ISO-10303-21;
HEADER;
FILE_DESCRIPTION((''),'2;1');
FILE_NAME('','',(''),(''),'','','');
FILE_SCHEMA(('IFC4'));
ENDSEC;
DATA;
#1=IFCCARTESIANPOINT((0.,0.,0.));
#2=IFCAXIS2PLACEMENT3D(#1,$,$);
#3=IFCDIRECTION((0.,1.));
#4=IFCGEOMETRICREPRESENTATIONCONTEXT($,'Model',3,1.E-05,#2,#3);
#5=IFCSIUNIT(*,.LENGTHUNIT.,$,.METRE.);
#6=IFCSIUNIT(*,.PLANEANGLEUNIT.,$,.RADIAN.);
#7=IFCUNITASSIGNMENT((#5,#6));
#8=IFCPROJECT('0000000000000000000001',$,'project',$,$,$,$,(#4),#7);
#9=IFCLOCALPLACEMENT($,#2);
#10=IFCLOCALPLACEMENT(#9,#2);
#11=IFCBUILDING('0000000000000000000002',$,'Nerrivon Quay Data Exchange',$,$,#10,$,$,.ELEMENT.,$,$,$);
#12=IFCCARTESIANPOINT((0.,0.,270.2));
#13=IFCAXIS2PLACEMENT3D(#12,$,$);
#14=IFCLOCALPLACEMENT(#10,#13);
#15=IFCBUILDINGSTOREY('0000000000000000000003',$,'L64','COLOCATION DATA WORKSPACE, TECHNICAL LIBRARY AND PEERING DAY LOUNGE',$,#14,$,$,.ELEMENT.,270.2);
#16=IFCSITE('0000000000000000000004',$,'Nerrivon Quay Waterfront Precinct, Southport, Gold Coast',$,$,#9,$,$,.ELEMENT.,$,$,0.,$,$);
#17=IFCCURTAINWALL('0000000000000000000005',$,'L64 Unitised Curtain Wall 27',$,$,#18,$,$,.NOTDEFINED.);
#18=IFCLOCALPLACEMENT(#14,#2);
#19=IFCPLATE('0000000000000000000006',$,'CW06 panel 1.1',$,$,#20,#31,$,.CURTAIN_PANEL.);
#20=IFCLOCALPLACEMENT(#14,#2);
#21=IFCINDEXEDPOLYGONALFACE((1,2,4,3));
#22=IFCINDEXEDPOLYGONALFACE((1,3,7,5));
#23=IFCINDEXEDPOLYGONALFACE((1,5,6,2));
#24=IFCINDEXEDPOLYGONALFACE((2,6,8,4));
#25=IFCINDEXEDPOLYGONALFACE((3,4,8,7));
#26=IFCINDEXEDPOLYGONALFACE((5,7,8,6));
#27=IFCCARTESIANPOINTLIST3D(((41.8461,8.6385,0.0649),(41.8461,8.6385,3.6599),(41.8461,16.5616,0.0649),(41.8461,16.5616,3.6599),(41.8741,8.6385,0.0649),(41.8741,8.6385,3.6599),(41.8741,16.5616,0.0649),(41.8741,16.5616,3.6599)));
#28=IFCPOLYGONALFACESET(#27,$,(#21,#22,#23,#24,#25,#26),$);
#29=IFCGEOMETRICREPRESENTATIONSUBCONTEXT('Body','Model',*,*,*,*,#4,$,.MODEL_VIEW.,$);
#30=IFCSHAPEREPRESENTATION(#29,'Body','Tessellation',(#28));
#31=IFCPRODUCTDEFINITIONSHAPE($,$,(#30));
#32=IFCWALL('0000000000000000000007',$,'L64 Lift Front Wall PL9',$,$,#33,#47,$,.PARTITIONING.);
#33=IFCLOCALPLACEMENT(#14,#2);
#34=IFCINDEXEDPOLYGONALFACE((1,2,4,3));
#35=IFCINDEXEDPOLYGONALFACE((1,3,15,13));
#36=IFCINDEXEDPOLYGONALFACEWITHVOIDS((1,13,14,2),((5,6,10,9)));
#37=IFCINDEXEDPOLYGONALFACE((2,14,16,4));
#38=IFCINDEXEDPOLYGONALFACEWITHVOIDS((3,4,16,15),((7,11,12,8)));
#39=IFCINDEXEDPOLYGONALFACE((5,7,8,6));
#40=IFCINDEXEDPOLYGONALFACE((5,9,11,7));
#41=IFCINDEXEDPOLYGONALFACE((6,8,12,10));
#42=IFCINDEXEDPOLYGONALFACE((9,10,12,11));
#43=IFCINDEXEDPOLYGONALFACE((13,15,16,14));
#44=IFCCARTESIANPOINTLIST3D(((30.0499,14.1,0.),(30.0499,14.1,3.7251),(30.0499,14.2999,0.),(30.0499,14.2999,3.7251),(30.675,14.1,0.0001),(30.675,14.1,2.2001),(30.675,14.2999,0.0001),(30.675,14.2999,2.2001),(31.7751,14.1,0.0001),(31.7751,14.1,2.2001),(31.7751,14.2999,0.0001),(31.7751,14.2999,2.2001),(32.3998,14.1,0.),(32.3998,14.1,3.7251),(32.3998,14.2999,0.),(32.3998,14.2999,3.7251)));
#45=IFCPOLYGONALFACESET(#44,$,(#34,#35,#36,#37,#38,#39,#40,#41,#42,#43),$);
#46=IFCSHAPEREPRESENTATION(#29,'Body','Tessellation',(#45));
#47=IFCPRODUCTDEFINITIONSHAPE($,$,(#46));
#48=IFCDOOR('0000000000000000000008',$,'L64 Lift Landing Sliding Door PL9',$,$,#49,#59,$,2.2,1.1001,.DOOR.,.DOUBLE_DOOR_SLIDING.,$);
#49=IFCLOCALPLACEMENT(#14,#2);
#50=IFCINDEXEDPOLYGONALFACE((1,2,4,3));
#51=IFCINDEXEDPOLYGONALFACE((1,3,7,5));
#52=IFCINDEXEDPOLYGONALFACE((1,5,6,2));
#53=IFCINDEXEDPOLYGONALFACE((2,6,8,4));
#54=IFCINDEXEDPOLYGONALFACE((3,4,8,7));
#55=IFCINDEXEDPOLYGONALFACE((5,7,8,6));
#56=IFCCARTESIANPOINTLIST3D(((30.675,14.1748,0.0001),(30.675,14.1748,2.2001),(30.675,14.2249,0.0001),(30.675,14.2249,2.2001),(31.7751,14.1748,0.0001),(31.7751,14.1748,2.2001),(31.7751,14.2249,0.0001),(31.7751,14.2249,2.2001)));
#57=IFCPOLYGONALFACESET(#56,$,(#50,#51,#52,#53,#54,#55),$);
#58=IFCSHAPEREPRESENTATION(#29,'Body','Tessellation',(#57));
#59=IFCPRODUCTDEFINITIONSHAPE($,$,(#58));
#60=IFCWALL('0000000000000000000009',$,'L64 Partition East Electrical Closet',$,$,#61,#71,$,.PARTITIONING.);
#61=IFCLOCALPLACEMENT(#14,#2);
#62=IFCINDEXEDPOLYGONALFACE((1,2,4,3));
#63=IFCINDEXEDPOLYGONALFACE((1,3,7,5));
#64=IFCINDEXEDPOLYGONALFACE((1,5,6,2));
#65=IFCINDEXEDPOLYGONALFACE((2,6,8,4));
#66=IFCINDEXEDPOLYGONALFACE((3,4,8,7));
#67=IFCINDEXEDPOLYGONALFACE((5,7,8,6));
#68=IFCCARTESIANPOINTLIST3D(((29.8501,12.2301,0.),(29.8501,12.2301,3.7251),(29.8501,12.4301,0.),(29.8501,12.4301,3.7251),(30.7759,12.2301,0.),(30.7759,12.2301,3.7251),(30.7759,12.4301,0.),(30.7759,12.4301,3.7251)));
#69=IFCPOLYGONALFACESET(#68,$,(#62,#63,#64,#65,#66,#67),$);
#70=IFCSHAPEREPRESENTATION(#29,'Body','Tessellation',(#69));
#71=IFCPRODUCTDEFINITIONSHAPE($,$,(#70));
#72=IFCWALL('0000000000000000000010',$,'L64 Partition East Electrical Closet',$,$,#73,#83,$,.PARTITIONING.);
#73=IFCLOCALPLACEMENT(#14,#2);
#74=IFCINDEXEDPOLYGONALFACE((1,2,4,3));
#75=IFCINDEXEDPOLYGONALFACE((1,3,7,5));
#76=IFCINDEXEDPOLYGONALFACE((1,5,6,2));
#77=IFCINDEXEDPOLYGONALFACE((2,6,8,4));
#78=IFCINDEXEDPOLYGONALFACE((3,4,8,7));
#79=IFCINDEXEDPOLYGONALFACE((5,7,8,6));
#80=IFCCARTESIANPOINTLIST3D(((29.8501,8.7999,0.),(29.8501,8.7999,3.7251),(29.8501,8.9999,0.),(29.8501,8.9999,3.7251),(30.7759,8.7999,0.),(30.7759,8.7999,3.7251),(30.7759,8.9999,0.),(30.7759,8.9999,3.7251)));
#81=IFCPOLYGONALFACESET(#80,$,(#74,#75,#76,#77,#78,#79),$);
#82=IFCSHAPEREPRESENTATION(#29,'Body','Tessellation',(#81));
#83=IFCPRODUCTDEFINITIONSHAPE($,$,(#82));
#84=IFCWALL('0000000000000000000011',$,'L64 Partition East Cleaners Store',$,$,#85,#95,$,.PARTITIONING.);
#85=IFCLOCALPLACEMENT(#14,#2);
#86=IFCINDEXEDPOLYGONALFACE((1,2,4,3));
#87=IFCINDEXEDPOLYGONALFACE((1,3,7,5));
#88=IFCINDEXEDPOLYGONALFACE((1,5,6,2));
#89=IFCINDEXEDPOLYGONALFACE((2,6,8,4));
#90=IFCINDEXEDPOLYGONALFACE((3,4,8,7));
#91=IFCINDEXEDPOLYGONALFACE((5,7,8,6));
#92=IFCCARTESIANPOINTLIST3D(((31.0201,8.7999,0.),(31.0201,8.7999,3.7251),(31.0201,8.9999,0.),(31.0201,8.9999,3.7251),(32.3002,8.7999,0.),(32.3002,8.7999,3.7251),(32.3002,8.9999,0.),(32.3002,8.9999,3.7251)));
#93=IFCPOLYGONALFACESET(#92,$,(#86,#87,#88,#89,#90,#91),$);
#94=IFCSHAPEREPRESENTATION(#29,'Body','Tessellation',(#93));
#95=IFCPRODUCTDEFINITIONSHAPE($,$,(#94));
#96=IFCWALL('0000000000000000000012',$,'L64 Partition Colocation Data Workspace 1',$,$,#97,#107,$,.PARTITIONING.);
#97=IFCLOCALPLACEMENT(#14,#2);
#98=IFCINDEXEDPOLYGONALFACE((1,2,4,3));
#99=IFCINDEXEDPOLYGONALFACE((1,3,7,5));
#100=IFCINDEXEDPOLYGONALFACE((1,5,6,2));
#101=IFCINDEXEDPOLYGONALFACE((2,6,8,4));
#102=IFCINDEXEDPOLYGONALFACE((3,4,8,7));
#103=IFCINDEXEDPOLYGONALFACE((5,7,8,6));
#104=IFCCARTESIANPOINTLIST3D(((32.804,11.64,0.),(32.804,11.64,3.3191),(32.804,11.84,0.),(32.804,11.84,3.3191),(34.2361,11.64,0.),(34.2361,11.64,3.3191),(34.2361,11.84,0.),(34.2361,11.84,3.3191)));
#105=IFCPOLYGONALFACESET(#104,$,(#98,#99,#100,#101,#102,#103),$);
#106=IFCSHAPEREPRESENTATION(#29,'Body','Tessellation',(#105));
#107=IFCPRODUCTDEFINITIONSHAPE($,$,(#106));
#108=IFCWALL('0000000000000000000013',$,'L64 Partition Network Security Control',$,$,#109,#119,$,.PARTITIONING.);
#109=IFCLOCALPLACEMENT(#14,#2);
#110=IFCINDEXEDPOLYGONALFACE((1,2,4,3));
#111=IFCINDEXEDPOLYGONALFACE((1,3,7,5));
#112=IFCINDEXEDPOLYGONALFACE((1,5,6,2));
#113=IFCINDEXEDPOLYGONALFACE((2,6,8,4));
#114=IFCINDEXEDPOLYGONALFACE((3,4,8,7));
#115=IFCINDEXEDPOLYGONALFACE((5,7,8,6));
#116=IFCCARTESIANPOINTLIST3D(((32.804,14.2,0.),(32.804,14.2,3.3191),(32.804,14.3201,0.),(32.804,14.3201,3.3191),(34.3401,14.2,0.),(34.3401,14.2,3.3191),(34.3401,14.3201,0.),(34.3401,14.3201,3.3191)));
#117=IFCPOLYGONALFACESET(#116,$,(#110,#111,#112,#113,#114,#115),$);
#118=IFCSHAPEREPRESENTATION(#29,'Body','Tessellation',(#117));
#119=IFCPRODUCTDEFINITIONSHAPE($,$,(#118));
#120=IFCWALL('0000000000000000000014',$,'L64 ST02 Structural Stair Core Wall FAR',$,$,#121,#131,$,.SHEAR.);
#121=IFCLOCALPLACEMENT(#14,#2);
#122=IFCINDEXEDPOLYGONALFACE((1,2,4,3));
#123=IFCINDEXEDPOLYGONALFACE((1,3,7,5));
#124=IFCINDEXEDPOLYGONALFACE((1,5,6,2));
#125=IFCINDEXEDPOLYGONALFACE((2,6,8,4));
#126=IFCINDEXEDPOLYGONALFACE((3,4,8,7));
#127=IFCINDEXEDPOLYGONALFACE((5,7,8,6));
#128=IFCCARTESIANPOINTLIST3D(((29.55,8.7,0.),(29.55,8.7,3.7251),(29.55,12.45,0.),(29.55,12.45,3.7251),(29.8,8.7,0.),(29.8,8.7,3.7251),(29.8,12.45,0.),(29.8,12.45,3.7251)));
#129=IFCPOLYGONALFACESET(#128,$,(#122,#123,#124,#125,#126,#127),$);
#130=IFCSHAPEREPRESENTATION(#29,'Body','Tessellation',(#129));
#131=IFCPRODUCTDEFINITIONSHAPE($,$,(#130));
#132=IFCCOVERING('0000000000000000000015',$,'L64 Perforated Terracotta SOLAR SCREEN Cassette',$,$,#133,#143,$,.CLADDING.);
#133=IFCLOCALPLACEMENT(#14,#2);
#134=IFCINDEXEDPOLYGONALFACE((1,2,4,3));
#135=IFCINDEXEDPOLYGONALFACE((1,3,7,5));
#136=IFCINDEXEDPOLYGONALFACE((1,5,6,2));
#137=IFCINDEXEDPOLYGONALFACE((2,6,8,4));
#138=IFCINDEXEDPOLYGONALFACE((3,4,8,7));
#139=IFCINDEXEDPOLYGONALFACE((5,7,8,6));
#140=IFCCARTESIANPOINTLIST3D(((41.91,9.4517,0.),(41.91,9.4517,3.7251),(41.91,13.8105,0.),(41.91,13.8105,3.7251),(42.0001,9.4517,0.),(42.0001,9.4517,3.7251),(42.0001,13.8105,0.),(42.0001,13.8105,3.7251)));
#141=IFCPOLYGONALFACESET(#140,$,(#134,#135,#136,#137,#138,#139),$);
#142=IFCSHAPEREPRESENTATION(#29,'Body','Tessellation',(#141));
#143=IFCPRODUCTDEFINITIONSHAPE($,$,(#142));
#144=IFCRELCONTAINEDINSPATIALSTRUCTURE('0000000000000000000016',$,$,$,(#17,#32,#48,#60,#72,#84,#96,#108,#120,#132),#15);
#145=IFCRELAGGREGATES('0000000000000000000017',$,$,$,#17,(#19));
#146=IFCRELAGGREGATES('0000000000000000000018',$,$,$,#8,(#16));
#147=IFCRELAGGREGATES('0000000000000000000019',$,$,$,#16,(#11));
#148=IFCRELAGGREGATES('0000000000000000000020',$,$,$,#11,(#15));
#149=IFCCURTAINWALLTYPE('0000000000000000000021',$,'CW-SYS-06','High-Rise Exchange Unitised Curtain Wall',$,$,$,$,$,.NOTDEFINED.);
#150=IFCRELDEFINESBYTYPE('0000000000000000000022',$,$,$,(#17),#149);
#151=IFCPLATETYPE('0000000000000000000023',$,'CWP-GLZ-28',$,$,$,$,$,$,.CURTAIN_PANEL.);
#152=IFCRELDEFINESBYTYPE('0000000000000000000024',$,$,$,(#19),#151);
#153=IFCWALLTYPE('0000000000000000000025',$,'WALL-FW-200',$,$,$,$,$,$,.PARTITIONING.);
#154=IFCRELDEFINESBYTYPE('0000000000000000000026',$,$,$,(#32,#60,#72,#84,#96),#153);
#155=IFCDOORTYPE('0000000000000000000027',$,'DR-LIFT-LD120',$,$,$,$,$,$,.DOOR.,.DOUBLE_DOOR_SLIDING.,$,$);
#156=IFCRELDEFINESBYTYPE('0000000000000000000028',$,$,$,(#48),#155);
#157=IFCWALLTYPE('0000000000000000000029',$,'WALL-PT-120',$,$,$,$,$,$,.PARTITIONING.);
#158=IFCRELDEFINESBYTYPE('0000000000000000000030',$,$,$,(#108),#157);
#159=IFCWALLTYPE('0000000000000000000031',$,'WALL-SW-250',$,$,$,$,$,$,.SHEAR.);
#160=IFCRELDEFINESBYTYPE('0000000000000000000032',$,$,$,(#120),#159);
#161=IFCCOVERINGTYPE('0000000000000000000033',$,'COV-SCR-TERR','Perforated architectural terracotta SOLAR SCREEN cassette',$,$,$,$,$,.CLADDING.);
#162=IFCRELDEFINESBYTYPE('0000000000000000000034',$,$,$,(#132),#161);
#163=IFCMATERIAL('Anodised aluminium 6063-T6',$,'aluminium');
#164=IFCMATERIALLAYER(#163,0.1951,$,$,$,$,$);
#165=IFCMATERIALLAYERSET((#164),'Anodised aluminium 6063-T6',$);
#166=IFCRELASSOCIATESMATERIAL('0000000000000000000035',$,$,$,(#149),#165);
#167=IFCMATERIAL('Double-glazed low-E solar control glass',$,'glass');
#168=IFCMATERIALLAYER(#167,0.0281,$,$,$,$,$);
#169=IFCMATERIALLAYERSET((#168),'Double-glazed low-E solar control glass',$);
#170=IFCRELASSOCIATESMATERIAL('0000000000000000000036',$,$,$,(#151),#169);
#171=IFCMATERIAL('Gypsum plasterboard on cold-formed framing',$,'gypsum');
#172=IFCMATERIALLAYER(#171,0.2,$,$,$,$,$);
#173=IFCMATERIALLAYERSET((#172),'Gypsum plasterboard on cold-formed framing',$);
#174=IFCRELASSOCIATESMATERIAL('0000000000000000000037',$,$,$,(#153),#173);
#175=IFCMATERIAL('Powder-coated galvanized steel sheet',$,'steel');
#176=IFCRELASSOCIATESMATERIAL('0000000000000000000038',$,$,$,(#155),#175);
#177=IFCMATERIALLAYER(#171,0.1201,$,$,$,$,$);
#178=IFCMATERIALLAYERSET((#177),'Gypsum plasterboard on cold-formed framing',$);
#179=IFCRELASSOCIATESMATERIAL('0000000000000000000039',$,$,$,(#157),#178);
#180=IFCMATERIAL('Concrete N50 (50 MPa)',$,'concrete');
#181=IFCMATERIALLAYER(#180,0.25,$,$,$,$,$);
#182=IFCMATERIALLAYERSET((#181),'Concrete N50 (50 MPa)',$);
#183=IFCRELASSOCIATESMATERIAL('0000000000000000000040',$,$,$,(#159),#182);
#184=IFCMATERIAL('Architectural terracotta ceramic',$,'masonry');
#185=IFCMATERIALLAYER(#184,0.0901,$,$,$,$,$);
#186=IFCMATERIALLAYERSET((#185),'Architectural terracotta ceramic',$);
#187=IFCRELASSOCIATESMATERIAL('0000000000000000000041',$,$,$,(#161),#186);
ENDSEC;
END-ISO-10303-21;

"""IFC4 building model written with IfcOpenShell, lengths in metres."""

from ifc_helpers import new_model, si_unit, direction, frame, frame_2d, origin, origin_2d, place, context, subcontext, project, spatial, rectangle, extrude, material, layer, layer_set, type_object, element, fill, aggregate, save


model = new_model("IFC4")

# Units and contexts
model_context = context("Model", 3, precision=1e-05, world=origin(), true_north=direction((0.0, 1.0)))
body_context = subcontext(model_context, "Body", "Model", "MODEL_VIEW")
ifc_project = project(units=[si_unit("LENGTHUNIT", "METRE"), si_unit("PLANEANGLEUNIT", "RADIAN")], contexts=[model_context])

# Site, building, storey
site_placement = place(None, origin())
site = spatial("IfcSite", under=ifc_project, at=site_placement, Name="Nerrivon Quay Waterfront Precinct, Southport, Gold Coast", CompositionType="ELEMENT", RefElevation=0.0)
building_placement = place(site_placement, origin())
building = spatial("IfcBuilding", under=site, at=building_placement, Name="Nerrivon Quay Data Exchange", CompositionType="ELEMENT")
storey_placement = place(building_placement, frame((0.0, 0.0, 270.2)))
storey = spatial("IfcBuildingStorey", under=building, at=storey_placement, Name="L64", Description="COLOCATION DATA WORKSPACE, TECHNICAL LIBRARY AND PEERING DAY LOUNGE", CompositionType="ELEMENT", Elevation=270.2)

# Shared definitions
ifc_material_1 = material(Name="Concrete N50 (50 MPa)", Category="concrete")

# Curtain wall
ifc_material_2 = material(Name="Anodised aluminium 6063-T6", Category="aluminium")
ifc_layer_1 = layer(ifc_material_2, 0.1951)
ifc_layer_set_1 = layer_set([ifc_layer_1], Name="Anodised aluminium 6063-T6")
curtain_wall_type = type_object("IfcCurtainWallType", Name="CW-SYS-06", Description="High-Rise Exchange Unitised Curtain Wall", PredefinedType="NOTDEFINED", material=ifc_layer_set_1)
curtain_wall_1_placement = place(storey_placement, origin())
curtain_wall_1 = element("IfcCurtainWall", 1, at=curtain_wall_1_placement, inside=storey, type_object=curtain_wall_type, Name="L64 Unitised Curtain Wall 27", PredefinedType="NOTDEFINED")

# Plate
ifc_material_3 = material(Name="Double-glazed low-E solar control glass", Category="glass")
ifc_layer_2 = layer(ifc_material_3, 0.0281)
ifc_layer_set_2 = layer_set([ifc_layer_2], Name="Double-glazed low-E solar control glass")
plate_type = type_object("IfcPlateType", Name="CWP-GLZ-28", PredefinedType="CURTAIN_PANEL", material=ifc_layer_set_2)
plate_placement = place(storey_placement, frame((41.8601, 12.6001, 0.0649), z_axis=(0.0, 0.0, 1.0), x_axis=(0.0, -1.0, 0.0)))
plate = element("IfcPlate", 2, at=plate_placement, type_object=plate_type, Name="CW06 panel 1.1", PredefinedType="CURTAIN_PANEL", context=body_context, shape_type="SweptSolid", body=[
    extrude(rectangle(XDim=7.9231, YDim=0.0281, at=origin_2d()), origin(), (0.0, 0.0, 1.0), 3.595),
])
aggregate(curtain_wall_1, [plate])

# Wall, opening, door
ifc_material_4 = material(Name="Powder-coated galvanized steel sheet", Category="steel")
ifc_material_5 = material(Name="Gypsum plasterboard on cold-formed framing", Category="gypsum")
ifc_layer_3 = layer(ifc_material_5, 0.2)
ifc_layer_set_3 = layer_set([ifc_layer_3], Name="Gypsum plasterboard on cold-formed framing")
wall_type_1 = type_object("IfcWallType", Name="WALL-FW-200", PredefinedType="PARTITIONING", material=ifc_layer_set_3)
wall_1_placement = place(storey_placement, frame((30.05, 14.2, 0.0), z_axis=(0.0, 0.0, 1.0), x_axis=(1.0, 0.0, 0.0)))
wall_1 = element("IfcWall", 3, at=wall_1_placement, inside=storey, type_object=wall_type_1, Name="L64 Lift Front Wall PL9", PredefinedType="PARTITIONING", context=body_context, shape_type="SweptSolid", body=[
    extrude(rectangle(XDim=2.3499, YDim=0.2, at=frame_2d((1.1748, 0.0))), origin(), (0.0, 0.0, 1.0), 3.7251),
])
opening_1_placement = place(wall_1_placement, frame((0.625, 0.0, 0.0)))
opening_1 = element("IfcOpeningElement", 4, at=opening_1_placement, cuts=wall_1, PredefinedType="OPENING", context=body_context, shape_type="SweptSolid", body=[
    extrude(rectangle(XDim=1.1001, YDim=2.2, at=frame_2d((0.55, 1.1001))), frame((0.0, 0.1099, 0.0), z_axis=(0.0, -1.0, 0.0), x_axis=(1.0, 0.0, 0.0)), (0.0, 0.0, 1.0), 0.22),
])
door_type_1 = type_object("IfcDoorType", Name="DR-LIFT-LD120", OperationType="DOUBLE_DOOR_SLIDING", PredefinedType="DOOR", material=ifc_material_4)
door_1_placement = place(opening_1_placement, origin())
door_1 = element("IfcDoor", 5, at=door_1_placement, inside=storey, type_object=door_type_1, Name="L64 Lift Landing Sliding Door PL9", OperationType="DOUBLE_DOOR_SLIDING", OverallHeight=2.2, OverallWidth=1.1001, PredefinedType="DOOR", context=body_context, shape_type="SweptSolid", body=[
    extrude(rectangle(XDim=1.1001, YDim=2.2, at=frame_2d((0.55, 1.1001))), frame((0.0, 0.0249, 0.0), z_axis=(0.0, -1.0, 0.0), x_axis=(1.0, 0.0, 0.0)), (0.0, 0.0, 1.0), 0.05),
])
fill(opening_1, door_1)

# Walls
for number, where, z_axis, x_axis, name in (
    (6, (30.7759, 12.3301, 0.0), (0.0, 0.0, 1.0), (-1.0, 0.0, 0.0), "L64 Partition East Electrical Closet"),
    (7, (29.8501, 8.8999, 0.0), (0.0, 0.0, 1.0), (1.0, 0.0, 0.0), "L64 Partition East Electrical Closet"),
):
    element("IfcWall", number, at=place(storey_placement, frame(where, z_axis=z_axis, x_axis=x_axis)), inside=storey, type_object=wall_type_1, Name=name, PredefinedType="PARTITIONING", context=body_context, shape_type="SweptSolid", body=[
        extrude(rectangle(XDim=0.9258, YDim=0.2, at=frame_2d((0.4629, 0.0))), origin(), (0.0, 0.0, 1.0), 3.7251),
    ])

# Walls
wall_2_placement = place(storey_placement, frame((31.02, 8.8999, 0.0), z_axis=(0.0, 0.0, 1.0), x_axis=(1.0, 0.0, 0.0)))
element("IfcWall", 8, at=wall_2_placement, inside=storey, type_object=wall_type_1, Name="L64 Partition East Cleaners Store", PredefinedType="PARTITIONING", context=body_context, shape_type="SweptSolid", body=[
    extrude(rectangle(XDim=1.28, YDim=0.2, at=frame_2d((0.6401, 0.0))), origin(), (0.0, 0.0, 1.0), 3.7251),
])
wall_3_placement = place(storey_placement, frame((34.2361, 11.74, 0.0), z_axis=(0.0, 0.0, 1.0), x_axis=(-1.0, 0.0, 0.0)))
element("IfcWall", 9, at=wall_3_placement, inside=storey, type_object=wall_type_1, Name="L64 Partition Colocation Data Workspace 1", PredefinedType="PARTITIONING", context=body_context, shape_type="SweptSolid", body=[
    extrude(rectangle(XDim=1.4321, YDim=0.2, at=frame_2d((0.7161, 0.0))), origin(), (0.0, 0.0, 1.0), 3.3191),
])
ifc_layer_4 = layer(ifc_material_5, 0.1201)
ifc_layer_set_4 = layer_set([ifc_layer_4], Name="Gypsum plasterboard on cold-formed framing")
wall_type_2 = type_object("IfcWallType", Name="WALL-PT-120", PredefinedType="PARTITIONING", material=ifc_layer_set_4)
wall_4_placement = place(storey_placement, frame((32.804, 14.26, 0.0), z_axis=(0.0, 0.0, 1.0), x_axis=(1.0, 0.0, 0.0)))
element("IfcWall", 10, at=wall_4_placement, inside=storey, type_object=wall_type_2, Name="L64 Partition Network Security Control", PredefinedType="PARTITIONING", context=body_context, shape_type="SweptSolid", body=[
    extrude(rectangle(XDim=1.5361, YDim=0.1201, at=frame_2d((0.7681, 0.0))), origin(), (0.0, 0.0, 1.0), 3.3191),
])
ifc_layer_5 = layer(ifc_material_1, 0.25)
ifc_layer_set_5 = layer_set([ifc_layer_5], Name="Concrete N50 (50 MPa)")
wall_type_3 = type_object("IfcWallType", Name="WALL-SW-250", PredefinedType="SHEAR", material=ifc_layer_set_5)
wall_5_placement = place(storey_placement, frame((29.675, 8.7, 0.0), z_axis=(0.0, 0.0, 1.0), x_axis=(0.0, 1.0, 0.0)))
element("IfcWall", 11, at=wall_5_placement, inside=storey, type_object=wall_type_3, Name="L64 ST02 Structural Stair Core Wall FAR", PredefinedType="SHEAR", context=body_context, shape_type="SweptSolid", body=[
    extrude(rectangle(XDim=3.75, YDim=0.25, at=frame_2d((1.875, 0.0))), origin(), (0.0, 0.0, 1.0), 3.7251),
])

# Covering
ifc_material_6 = material(Name="Architectural terracotta ceramic", Category="masonry")
ifc_layer_6 = layer(ifc_material_6, 0.0901)
ifc_layer_set_6 = layer_set([ifc_layer_6], Name="Architectural terracotta ceramic")
covering_type = type_object("IfcCoveringType", Name="COV-SCR-TERR", Description="Perforated architectural terracotta SOLAR SCREEN cassette", PredefinedType="CLADDING", material=ifc_layer_set_6)
covering_placement = place(storey_placement, frame((41.9551, 11.6311, 0.0), z_axis=(0.0, 0.0, 1.0), x_axis=(0.0, -1.0, 0.0)))
element("IfcCovering", 12, at=covering_placement, inside=storey, type_object=covering_type, Name="L64 Perforated Terracotta SOLAR SCREEN Cassette", PredefinedType="CLADDING", context=body_context, shape_type="SweptSolid", body=[
    extrude(rectangle(XDim=4.3589, YDim=0.0901, at=origin_2d()), origin(), (0.0, 0.0, 1.0), 3.7251),
])

save(model, "model.ifc")
